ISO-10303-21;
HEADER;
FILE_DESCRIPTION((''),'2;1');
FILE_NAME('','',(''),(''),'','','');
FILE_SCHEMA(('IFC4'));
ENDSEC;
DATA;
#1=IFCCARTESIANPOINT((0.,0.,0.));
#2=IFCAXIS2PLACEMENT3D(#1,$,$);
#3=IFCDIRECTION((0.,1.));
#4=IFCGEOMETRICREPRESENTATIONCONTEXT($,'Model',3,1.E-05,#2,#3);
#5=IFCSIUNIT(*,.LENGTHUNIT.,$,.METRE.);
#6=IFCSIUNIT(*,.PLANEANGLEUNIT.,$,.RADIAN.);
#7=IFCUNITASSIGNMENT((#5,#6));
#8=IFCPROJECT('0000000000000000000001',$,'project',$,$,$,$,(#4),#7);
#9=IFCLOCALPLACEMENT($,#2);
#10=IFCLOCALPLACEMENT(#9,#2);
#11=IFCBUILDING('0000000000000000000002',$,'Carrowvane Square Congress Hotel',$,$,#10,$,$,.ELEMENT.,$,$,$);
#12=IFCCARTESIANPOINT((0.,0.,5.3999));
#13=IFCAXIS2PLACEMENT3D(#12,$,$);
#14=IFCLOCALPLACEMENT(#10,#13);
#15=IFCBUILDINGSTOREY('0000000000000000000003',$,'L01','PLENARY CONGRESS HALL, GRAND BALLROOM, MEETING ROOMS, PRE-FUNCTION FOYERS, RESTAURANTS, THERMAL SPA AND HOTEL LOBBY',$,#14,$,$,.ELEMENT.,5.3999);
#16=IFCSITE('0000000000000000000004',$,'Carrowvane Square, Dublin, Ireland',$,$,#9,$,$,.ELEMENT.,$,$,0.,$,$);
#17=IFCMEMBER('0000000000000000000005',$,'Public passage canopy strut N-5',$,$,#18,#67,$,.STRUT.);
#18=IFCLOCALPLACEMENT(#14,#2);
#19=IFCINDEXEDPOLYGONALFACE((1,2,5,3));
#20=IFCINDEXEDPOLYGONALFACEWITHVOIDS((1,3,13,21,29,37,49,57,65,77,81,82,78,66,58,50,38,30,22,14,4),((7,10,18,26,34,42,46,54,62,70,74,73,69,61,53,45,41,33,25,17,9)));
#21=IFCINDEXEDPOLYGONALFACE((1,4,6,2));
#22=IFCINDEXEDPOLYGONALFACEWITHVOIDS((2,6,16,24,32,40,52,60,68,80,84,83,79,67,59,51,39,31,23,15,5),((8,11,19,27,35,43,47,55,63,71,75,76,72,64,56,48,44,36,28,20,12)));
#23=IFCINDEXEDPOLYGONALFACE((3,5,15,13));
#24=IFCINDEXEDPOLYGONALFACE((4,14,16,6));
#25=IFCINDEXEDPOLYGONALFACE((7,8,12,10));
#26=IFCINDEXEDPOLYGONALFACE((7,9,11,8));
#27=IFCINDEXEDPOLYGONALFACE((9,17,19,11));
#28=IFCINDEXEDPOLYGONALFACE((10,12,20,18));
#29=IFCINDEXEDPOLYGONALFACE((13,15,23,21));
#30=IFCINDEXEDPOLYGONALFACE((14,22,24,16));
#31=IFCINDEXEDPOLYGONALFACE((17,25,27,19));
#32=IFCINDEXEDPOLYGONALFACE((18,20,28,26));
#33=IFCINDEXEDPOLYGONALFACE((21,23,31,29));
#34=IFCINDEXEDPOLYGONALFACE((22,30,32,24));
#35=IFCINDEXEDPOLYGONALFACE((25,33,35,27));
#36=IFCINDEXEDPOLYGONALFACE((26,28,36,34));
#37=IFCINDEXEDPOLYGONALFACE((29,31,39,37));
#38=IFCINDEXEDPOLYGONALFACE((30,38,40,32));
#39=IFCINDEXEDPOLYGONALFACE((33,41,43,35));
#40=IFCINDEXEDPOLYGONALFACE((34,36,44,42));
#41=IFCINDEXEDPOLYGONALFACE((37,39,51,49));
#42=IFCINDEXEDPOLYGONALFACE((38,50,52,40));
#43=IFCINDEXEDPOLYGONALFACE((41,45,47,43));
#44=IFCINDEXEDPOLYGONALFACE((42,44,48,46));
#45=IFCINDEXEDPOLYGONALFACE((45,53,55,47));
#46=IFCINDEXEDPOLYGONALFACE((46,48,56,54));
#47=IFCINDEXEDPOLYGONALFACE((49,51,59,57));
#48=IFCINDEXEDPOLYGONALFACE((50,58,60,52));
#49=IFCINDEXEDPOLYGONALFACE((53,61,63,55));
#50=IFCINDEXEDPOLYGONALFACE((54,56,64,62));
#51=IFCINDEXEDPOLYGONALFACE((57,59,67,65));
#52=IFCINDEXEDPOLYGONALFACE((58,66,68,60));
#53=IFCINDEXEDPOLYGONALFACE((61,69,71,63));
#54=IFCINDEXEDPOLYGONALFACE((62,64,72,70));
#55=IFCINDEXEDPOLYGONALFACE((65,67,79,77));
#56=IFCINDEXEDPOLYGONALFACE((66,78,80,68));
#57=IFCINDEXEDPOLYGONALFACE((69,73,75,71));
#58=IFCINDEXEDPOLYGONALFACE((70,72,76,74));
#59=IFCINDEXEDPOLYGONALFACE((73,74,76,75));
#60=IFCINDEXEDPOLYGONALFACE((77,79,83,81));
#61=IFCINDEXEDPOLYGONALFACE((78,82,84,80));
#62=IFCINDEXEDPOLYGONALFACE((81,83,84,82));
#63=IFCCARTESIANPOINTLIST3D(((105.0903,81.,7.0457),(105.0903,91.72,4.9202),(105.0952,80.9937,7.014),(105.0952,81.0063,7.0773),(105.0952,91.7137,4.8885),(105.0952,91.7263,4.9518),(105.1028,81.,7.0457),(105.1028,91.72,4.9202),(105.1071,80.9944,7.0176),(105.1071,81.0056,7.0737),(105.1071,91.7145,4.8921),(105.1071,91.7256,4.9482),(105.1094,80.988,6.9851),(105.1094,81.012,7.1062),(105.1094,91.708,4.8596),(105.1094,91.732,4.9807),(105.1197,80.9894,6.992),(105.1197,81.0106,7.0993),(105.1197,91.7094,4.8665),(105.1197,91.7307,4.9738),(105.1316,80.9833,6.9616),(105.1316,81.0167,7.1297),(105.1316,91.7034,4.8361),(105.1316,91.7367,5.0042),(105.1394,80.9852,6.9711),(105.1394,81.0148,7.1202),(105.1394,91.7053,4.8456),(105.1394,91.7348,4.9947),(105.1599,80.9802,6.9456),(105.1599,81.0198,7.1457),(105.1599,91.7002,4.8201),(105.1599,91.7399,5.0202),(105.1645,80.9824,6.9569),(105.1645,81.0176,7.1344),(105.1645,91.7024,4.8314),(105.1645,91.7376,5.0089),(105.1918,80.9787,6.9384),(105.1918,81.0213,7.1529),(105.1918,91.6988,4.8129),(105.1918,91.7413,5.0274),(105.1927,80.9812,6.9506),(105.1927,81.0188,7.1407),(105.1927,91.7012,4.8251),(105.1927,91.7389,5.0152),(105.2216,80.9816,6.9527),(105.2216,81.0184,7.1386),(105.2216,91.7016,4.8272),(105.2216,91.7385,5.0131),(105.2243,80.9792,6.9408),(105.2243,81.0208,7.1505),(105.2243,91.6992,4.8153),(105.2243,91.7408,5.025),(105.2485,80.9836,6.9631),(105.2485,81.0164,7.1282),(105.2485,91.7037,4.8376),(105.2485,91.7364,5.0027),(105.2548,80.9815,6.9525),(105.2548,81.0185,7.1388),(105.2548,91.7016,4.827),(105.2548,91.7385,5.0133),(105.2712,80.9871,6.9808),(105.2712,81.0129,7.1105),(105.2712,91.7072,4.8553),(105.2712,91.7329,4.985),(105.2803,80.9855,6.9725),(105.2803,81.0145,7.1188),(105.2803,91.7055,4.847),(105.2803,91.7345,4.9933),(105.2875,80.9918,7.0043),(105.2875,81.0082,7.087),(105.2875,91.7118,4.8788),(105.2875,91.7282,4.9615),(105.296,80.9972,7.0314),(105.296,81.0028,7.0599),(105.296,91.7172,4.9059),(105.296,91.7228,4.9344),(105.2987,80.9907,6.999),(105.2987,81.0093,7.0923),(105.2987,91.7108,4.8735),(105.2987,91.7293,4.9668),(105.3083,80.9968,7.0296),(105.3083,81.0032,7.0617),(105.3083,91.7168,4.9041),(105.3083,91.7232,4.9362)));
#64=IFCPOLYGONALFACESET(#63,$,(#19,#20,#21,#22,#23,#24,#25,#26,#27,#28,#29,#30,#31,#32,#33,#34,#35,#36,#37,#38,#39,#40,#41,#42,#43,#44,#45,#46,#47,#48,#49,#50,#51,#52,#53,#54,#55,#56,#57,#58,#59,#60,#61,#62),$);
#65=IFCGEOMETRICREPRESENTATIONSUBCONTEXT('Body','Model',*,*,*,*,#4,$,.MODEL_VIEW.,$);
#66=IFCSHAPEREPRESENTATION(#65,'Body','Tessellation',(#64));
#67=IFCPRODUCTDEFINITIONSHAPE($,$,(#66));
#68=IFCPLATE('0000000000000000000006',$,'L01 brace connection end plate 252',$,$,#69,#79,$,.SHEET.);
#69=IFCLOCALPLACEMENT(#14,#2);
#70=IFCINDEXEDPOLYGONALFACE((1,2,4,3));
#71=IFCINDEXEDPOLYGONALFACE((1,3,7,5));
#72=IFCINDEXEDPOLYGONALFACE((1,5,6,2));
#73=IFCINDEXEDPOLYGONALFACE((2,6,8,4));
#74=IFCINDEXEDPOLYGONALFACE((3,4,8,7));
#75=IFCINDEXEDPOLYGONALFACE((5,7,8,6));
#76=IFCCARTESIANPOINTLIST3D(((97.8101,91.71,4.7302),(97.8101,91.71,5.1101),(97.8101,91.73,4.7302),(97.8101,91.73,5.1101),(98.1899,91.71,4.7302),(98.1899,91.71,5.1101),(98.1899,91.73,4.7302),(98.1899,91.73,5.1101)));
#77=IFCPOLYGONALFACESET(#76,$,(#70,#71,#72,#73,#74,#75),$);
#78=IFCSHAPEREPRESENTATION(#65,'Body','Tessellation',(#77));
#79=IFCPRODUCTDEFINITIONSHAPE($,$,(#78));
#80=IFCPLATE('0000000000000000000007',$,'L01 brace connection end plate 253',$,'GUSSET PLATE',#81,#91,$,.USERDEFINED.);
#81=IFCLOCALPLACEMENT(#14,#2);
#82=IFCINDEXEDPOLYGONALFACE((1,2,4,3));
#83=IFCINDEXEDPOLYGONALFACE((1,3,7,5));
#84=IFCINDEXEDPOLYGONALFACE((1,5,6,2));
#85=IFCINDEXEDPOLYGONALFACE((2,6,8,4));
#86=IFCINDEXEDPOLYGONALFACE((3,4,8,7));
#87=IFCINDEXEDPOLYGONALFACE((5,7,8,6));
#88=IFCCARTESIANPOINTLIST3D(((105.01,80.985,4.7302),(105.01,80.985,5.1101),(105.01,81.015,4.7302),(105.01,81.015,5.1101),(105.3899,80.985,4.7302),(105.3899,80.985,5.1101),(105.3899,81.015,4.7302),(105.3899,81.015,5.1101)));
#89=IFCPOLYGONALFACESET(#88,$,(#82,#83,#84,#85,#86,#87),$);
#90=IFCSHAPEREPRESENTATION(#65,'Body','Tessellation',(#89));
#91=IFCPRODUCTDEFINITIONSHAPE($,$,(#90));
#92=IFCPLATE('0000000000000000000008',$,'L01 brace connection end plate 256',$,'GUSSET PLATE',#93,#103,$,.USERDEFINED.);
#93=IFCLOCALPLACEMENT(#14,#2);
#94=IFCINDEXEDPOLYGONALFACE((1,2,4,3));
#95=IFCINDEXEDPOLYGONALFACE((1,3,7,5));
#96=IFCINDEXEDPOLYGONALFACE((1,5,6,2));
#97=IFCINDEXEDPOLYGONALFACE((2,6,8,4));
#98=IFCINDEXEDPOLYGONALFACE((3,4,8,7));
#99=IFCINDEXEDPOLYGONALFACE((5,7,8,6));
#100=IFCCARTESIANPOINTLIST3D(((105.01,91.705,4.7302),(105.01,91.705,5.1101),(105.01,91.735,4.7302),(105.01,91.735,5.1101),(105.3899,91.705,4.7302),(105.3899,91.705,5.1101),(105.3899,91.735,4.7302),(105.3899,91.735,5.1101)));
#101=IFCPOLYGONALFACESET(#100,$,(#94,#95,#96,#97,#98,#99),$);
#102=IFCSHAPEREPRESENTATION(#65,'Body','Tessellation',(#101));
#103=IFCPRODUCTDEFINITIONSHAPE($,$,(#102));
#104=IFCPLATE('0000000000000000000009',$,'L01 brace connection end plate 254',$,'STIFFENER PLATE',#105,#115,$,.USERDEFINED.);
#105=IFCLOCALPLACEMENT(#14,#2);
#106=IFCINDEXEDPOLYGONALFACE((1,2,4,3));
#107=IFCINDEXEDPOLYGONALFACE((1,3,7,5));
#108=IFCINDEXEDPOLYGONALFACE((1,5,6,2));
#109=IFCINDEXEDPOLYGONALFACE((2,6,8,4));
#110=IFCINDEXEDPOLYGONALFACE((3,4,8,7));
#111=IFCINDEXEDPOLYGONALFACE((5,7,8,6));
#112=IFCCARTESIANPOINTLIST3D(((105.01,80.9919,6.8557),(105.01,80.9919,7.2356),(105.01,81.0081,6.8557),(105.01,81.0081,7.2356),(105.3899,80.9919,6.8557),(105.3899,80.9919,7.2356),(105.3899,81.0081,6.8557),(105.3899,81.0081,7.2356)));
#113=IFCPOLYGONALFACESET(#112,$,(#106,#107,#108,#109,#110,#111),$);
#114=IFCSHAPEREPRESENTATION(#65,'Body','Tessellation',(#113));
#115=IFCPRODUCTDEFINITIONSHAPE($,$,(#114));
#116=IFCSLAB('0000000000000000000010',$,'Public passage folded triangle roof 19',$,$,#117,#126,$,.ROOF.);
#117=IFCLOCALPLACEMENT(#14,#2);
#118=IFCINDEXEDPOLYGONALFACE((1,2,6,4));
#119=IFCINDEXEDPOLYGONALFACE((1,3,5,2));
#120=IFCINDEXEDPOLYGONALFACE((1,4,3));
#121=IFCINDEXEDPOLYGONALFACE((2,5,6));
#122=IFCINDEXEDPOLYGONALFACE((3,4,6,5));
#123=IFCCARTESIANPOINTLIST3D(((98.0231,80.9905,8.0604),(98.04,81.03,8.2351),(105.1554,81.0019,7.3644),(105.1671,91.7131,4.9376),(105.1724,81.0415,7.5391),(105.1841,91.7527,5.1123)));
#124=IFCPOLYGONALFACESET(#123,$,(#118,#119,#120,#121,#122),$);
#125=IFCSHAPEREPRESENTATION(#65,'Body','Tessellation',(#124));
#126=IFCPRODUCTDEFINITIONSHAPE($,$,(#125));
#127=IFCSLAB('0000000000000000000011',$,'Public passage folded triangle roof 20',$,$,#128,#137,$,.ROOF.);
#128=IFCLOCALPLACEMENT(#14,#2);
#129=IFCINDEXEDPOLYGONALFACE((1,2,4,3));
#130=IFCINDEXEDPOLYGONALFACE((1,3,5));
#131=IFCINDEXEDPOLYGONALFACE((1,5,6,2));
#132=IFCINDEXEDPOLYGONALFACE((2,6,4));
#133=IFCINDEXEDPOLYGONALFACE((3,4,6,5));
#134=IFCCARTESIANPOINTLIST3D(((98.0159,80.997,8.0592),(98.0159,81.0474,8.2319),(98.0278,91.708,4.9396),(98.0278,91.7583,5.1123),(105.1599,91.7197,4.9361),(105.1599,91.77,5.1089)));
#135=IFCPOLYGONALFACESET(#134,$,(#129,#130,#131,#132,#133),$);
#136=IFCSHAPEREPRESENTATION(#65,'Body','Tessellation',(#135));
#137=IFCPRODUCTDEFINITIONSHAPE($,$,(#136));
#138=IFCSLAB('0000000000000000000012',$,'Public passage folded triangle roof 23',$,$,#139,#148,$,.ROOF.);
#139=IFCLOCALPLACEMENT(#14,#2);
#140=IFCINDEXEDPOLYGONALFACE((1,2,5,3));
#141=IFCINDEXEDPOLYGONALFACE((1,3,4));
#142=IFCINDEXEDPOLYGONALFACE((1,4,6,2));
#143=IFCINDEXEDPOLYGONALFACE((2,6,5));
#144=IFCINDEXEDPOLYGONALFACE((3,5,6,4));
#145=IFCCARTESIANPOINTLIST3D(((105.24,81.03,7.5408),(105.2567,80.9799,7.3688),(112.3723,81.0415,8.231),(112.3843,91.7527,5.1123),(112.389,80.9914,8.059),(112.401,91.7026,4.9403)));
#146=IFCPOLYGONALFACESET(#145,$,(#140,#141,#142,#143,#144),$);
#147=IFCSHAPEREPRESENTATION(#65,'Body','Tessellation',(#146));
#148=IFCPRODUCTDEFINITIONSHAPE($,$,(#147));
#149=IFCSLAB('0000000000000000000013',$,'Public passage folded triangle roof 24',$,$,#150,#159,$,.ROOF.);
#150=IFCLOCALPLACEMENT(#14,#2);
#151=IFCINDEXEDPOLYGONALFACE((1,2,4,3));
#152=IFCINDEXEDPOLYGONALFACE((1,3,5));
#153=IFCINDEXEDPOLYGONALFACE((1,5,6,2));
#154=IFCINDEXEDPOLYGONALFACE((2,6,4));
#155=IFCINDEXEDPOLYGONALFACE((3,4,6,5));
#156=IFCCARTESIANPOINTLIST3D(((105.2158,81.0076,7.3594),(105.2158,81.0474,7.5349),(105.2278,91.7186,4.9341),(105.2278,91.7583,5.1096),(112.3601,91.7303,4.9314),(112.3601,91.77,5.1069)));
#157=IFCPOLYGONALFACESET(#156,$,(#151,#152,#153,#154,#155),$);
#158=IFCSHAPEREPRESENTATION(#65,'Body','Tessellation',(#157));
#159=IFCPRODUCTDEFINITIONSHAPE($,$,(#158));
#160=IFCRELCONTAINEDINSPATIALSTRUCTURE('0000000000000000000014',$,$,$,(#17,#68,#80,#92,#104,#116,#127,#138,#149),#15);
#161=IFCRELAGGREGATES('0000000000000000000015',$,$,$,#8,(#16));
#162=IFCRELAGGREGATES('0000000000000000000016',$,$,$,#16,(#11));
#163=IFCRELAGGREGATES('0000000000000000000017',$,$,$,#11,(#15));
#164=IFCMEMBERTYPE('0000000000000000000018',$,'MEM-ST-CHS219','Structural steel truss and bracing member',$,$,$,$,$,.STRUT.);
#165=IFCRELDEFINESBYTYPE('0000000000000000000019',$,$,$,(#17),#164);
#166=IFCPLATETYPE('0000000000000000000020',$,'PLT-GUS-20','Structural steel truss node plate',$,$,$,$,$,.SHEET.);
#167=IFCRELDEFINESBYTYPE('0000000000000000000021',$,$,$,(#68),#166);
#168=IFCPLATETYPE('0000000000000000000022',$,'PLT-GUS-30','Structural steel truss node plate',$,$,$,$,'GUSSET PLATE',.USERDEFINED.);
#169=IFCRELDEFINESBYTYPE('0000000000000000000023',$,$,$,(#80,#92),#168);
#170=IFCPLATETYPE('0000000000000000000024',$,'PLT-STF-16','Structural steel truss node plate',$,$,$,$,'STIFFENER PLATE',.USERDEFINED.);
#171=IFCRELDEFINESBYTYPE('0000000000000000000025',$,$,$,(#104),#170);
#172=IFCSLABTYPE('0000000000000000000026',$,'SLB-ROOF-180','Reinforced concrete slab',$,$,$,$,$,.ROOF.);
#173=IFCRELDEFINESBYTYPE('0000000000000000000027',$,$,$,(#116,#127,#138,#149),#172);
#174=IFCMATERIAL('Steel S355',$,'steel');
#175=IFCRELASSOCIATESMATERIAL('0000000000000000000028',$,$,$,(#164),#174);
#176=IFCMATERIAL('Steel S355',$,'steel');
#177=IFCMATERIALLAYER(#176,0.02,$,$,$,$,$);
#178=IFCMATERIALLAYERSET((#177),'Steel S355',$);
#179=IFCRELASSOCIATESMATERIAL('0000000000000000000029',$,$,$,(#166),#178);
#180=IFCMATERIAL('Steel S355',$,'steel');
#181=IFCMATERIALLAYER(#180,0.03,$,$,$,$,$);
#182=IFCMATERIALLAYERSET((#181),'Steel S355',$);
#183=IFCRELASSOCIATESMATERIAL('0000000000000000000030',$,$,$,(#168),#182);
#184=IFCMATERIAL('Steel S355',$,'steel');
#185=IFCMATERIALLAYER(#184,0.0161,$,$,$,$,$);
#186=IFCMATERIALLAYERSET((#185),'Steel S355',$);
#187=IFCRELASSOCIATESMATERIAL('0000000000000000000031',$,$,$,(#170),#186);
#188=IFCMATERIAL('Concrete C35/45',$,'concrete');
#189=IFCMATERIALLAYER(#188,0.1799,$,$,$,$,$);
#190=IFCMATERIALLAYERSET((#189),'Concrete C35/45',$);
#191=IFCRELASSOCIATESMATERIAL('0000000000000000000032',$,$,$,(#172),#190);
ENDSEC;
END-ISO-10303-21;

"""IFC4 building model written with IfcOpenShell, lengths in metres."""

from ifc_helpers import new_model, si_unit, direction, frame, origin, origin_2d, place, context, subcontext, project, spatial, polyline, rectangle, hollow_circle, outline, extrude, material, layer, layer_set, material_profile, profile_set, type_object, element, save


model = new_model("IFC4")

# Units and contexts
model_context = context("Model", 3, precision=1e-05, world=origin(), true_north=direction((0.0, 1.0)))
body_context = subcontext(model_context, "Body", "Model", "MODEL_VIEW")
ifc_project = project(units=[si_unit("LENGTHUNIT", "METRE"), si_unit("PLANEANGLEUNIT", "RADIAN")], contexts=[model_context])

# Site, building, storey
site_placement = place(None, origin())
site = spatial("IfcSite", under=ifc_project, at=site_placement, Name="Carrowvane Square, Dublin, Ireland", CompositionType="ELEMENT", RefElevation=0.0)
building_placement = place(site_placement, origin())
building = spatial("IfcBuilding", under=site, at=building_placement, Name="Carrowvane Square Congress Hotel", CompositionType="ELEMENT")
storey_placement = place(building_placement, frame((0.0, 0.0, 5.3999)))
storey = spatial("IfcBuildingStorey", under=building, at=storey_placement, Name="L01", Description="PLENARY CONGRESS HALL, GRAND BALLROOM, MEETING ROOMS, PRE-FUNCTION FOYERS, RESTAURANTS, THERMAL SPA AND HOTEL LOBBY", CompositionType="ELEMENT", Elevation=5.3999)

# Member
ifc_material_1 = material(Name="Steel S355", Category="steel")
ifc_material_profile_1 = material_profile(ifc_material_1, hollow_circle(Radius=0.1096, WallThickness=0.0125, at=origin_2d()), Name="CHS 219.1x12.5")
ifc_profile_set_1 = profile_set([ifc_material_profile_1], Name="Steel S355")
member_type = type_object("IfcMemberType", Name="MEM-ST-CHS219", Description="Structural steel truss and bracing member", PredefinedType="STRUT", material=ifc_profile_set_1)
member_1_placement = place(storey_placement, frame((105.2, 81.0, 7.0457), z_axis=(0.0, 0.980905, -0.194488), x_axis=(-1.0, 0.0, 0.0)))
element("IfcMember", 1, at=member_1_placement, inside=storey, type_object=member_type, Name="Public passage canopy strut N-5", PredefinedType="STRUT", context=body_context, shape_type="SweptSolid", body=[
    extrude(hollow_circle(Radius=0.1096, WallThickness=0.0125, at=origin_2d()), origin(), (0.0, 0.0, 1.0), 10.9287),
])

# Plates
ifc_material_2 = material(Name="Steel S355", Category="steel")
ifc_layer_1 = layer(ifc_material_2, 0.02)
ifc_layer_set_1 = layer_set([ifc_layer_1], Name="Steel S355")
plate_type_1 = type_object("IfcPlateType", Name="PLT-GUS-20", Description="Structural steel truss node plate", PredefinedType="SHEET", material=ifc_layer_set_1)
plate_1_placement = place(storey_placement, frame((98.0, 91.72, 4.7302), z_axis=(0.0, 0.0, 1.0), x_axis=(1.0, 0.0, 0.0)))
element("IfcPlate", 2, at=plate_1_placement, inside=storey, type_object=plate_type_1, Name="L01 brace connection end plate 252", PredefinedType="SHEET", context=body_context, shape_type="SweptSolid", body=[
    extrude(rectangle(XDim=0.3799, YDim=0.02, at=origin_2d()), origin(), (0.0, 0.0, 1.0), 0.3799),
])
ifc_material_3 = material(Name="Steel S355", Category="steel")
ifc_layer_2 = layer(ifc_material_3, 0.03)
ifc_layer_set_2 = layer_set([ifc_layer_2], Name="Steel S355")
plate_type_2 = type_object("IfcPlateType", Name="PLT-GUS-30", Description="Structural steel truss node plate", ElementType="GUSSET PLATE", PredefinedType="USERDEFINED", material=ifc_layer_set_2)
for number, where, z_axis, x_axis, name in (
    (3, (105.2, 81.0, 4.7302), (0.0, 0.0, 1.0), (1.0, 0.0, 0.0), "L01 brace connection end plate 253"),
    (4, (105.2, 91.72, 4.7302), (0.0, 0.0, 1.0), (1.0, 0.0, 0.0), "L01 brace connection end plate 256"),
):
    element("IfcPlate", number, at=place(storey_placement, frame(where, z_axis=z_axis, x_axis=x_axis)), inside=storey, type_object=plate_type_2, Name=name, ObjectType="GUSSET PLATE", PredefinedType="USERDEFINED", context=body_context, shape_type="SweptSolid", body=[
        extrude(rectangle(XDim=0.3799, YDim=0.03, at=origin_2d()), origin(), (0.0, 0.0, 1.0), 0.3799),
    ])
ifc_material_4 = material(Name="Steel S355", Category="steel")
ifc_layer_3 = layer(ifc_material_4, 0.0161)
ifc_layer_set_3 = layer_set([ifc_layer_3], Name="Steel S355")
plate_type_3 = type_object("IfcPlateType", Name="PLT-STF-16", Description="Structural steel truss node plate", ElementType="STIFFENER PLATE", PredefinedType="USERDEFINED", material=ifc_layer_set_3)
plate_2_placement = place(storey_placement, frame((105.2, 81.0, 6.8557), z_axis=(0.0, 0.0, 1.0), x_axis=(1.0, 0.0, 0.0)))
element("IfcPlate", 5, at=plate_2_placement, inside=storey, type_object=plate_type_3, Name="L01 brace connection end plate 254", ObjectType="STIFFENER PLATE", PredefinedType="USERDEFINED", context=body_context, shape_type="SweptSolid", body=[
    extrude(rectangle(XDim=0.3799, YDim=0.0161, at=origin_2d()), origin(), (0.0, 0.0, 1.0), 0.3799),
])

# Slabs
ifc_material_5 = material(Name="Concrete C35/45", Category="concrete")
ifc_layer_4 = layer(ifc_material_5, 0.1799)
ifc_layer_set_4 = layer_set([ifc_layer_4], Name="Concrete C35/45")
slab_type = type_object("IfcSlabType", Name="SLB-ROOF-180", Description="Reinforced concrete slab", PredefinedType="ROOF", material=ifc_layer_set_4)
slab_1_placement = place(storey_placement, frame((98.04, 81.03, 8.2351), z_axis=(0.094401, 0.219878, 0.970949), x_axis=(0.995271, 0.001601, -0.097129)))
element("IfcSlab", 6, at=slab_1_placement, inside=storey, type_object=slab_type, Name="Public passage folded triangle roof 19", PredefinedType="ROOF", context=body_context, shape_type="SweptSolid", body=[
    extrude(outline(polyline([(0.0, 0.0), (7.1662, 0.0), (7.4307, 10.9795), (0.0, 0.0)])), origin(), (0.0, 0.0, -1.0), 0.1799),
])
slab_2_placement = place(storey_placement, frame((98.0159, 81.0474, 8.2319), z_axis=(0.000001, 0.279637, 0.960106), x_axis=(0.538861, 0.808788, -0.235565)))
element("IfcSlab", 7, at=slab_2_placement, inside=storey, type_object=slab_type, Name="Public passage folded triangle roof 20", PredefinedType="ROOF", context=body_context, shape_type="SweptSolid", body=[
    extrude(outline(polyline([(0.0, 0.0), (13.2577, 0.0), (9.4042, 6.0015), (0.0, 0.0)])), origin(), (0.0, 0.0, -1.0), 0.1799),
])
slab_3_placement = place(storey_placement, frame((105.24, 81.03, 7.5408), z_axis=(-0.092954, 0.278436, 0.955946), x_axis=(0.995349, 0.001601, 0.096319)))
element("IfcSlab", 8, at=slab_3_placement, inside=storey, type_object=slab_type, Name="Public passage folded triangle roof 23", PredefinedType="ROOF", context=body_context, shape_type="SweptSolid", body=[
    extrude(outline(polyline([(0.0, 0.0), (7.1656, 0.0), (6.8943, 11.1527), (0.0, 0.0)])), origin(), (0.0, 0.0, -1.0), 0.1799),
])
slab_4_placement = place(storey_placement, frame((105.2158, 81.0474, 7.5349), z_axis=(0.000004, 0.220841, 0.97531), x_axis=(0.544887, 0.817806, -0.185179)))
element("IfcSlab", 9, at=slab_4_placement, inside=storey, type_object=slab_type, Name="Public passage folded triangle roof 24", PredefinedType="ROOF", context=body_context, shape_type="SweptSolid", body=[
    extrude(outline(polyline([(0.0, 0.0), (13.1115, 0.0), (9.2151, 5.974), (0.0, 0.0)])), origin(), (0.0, 0.0, -1.0), 0.1799),
])

save(model, "model.ifc")
